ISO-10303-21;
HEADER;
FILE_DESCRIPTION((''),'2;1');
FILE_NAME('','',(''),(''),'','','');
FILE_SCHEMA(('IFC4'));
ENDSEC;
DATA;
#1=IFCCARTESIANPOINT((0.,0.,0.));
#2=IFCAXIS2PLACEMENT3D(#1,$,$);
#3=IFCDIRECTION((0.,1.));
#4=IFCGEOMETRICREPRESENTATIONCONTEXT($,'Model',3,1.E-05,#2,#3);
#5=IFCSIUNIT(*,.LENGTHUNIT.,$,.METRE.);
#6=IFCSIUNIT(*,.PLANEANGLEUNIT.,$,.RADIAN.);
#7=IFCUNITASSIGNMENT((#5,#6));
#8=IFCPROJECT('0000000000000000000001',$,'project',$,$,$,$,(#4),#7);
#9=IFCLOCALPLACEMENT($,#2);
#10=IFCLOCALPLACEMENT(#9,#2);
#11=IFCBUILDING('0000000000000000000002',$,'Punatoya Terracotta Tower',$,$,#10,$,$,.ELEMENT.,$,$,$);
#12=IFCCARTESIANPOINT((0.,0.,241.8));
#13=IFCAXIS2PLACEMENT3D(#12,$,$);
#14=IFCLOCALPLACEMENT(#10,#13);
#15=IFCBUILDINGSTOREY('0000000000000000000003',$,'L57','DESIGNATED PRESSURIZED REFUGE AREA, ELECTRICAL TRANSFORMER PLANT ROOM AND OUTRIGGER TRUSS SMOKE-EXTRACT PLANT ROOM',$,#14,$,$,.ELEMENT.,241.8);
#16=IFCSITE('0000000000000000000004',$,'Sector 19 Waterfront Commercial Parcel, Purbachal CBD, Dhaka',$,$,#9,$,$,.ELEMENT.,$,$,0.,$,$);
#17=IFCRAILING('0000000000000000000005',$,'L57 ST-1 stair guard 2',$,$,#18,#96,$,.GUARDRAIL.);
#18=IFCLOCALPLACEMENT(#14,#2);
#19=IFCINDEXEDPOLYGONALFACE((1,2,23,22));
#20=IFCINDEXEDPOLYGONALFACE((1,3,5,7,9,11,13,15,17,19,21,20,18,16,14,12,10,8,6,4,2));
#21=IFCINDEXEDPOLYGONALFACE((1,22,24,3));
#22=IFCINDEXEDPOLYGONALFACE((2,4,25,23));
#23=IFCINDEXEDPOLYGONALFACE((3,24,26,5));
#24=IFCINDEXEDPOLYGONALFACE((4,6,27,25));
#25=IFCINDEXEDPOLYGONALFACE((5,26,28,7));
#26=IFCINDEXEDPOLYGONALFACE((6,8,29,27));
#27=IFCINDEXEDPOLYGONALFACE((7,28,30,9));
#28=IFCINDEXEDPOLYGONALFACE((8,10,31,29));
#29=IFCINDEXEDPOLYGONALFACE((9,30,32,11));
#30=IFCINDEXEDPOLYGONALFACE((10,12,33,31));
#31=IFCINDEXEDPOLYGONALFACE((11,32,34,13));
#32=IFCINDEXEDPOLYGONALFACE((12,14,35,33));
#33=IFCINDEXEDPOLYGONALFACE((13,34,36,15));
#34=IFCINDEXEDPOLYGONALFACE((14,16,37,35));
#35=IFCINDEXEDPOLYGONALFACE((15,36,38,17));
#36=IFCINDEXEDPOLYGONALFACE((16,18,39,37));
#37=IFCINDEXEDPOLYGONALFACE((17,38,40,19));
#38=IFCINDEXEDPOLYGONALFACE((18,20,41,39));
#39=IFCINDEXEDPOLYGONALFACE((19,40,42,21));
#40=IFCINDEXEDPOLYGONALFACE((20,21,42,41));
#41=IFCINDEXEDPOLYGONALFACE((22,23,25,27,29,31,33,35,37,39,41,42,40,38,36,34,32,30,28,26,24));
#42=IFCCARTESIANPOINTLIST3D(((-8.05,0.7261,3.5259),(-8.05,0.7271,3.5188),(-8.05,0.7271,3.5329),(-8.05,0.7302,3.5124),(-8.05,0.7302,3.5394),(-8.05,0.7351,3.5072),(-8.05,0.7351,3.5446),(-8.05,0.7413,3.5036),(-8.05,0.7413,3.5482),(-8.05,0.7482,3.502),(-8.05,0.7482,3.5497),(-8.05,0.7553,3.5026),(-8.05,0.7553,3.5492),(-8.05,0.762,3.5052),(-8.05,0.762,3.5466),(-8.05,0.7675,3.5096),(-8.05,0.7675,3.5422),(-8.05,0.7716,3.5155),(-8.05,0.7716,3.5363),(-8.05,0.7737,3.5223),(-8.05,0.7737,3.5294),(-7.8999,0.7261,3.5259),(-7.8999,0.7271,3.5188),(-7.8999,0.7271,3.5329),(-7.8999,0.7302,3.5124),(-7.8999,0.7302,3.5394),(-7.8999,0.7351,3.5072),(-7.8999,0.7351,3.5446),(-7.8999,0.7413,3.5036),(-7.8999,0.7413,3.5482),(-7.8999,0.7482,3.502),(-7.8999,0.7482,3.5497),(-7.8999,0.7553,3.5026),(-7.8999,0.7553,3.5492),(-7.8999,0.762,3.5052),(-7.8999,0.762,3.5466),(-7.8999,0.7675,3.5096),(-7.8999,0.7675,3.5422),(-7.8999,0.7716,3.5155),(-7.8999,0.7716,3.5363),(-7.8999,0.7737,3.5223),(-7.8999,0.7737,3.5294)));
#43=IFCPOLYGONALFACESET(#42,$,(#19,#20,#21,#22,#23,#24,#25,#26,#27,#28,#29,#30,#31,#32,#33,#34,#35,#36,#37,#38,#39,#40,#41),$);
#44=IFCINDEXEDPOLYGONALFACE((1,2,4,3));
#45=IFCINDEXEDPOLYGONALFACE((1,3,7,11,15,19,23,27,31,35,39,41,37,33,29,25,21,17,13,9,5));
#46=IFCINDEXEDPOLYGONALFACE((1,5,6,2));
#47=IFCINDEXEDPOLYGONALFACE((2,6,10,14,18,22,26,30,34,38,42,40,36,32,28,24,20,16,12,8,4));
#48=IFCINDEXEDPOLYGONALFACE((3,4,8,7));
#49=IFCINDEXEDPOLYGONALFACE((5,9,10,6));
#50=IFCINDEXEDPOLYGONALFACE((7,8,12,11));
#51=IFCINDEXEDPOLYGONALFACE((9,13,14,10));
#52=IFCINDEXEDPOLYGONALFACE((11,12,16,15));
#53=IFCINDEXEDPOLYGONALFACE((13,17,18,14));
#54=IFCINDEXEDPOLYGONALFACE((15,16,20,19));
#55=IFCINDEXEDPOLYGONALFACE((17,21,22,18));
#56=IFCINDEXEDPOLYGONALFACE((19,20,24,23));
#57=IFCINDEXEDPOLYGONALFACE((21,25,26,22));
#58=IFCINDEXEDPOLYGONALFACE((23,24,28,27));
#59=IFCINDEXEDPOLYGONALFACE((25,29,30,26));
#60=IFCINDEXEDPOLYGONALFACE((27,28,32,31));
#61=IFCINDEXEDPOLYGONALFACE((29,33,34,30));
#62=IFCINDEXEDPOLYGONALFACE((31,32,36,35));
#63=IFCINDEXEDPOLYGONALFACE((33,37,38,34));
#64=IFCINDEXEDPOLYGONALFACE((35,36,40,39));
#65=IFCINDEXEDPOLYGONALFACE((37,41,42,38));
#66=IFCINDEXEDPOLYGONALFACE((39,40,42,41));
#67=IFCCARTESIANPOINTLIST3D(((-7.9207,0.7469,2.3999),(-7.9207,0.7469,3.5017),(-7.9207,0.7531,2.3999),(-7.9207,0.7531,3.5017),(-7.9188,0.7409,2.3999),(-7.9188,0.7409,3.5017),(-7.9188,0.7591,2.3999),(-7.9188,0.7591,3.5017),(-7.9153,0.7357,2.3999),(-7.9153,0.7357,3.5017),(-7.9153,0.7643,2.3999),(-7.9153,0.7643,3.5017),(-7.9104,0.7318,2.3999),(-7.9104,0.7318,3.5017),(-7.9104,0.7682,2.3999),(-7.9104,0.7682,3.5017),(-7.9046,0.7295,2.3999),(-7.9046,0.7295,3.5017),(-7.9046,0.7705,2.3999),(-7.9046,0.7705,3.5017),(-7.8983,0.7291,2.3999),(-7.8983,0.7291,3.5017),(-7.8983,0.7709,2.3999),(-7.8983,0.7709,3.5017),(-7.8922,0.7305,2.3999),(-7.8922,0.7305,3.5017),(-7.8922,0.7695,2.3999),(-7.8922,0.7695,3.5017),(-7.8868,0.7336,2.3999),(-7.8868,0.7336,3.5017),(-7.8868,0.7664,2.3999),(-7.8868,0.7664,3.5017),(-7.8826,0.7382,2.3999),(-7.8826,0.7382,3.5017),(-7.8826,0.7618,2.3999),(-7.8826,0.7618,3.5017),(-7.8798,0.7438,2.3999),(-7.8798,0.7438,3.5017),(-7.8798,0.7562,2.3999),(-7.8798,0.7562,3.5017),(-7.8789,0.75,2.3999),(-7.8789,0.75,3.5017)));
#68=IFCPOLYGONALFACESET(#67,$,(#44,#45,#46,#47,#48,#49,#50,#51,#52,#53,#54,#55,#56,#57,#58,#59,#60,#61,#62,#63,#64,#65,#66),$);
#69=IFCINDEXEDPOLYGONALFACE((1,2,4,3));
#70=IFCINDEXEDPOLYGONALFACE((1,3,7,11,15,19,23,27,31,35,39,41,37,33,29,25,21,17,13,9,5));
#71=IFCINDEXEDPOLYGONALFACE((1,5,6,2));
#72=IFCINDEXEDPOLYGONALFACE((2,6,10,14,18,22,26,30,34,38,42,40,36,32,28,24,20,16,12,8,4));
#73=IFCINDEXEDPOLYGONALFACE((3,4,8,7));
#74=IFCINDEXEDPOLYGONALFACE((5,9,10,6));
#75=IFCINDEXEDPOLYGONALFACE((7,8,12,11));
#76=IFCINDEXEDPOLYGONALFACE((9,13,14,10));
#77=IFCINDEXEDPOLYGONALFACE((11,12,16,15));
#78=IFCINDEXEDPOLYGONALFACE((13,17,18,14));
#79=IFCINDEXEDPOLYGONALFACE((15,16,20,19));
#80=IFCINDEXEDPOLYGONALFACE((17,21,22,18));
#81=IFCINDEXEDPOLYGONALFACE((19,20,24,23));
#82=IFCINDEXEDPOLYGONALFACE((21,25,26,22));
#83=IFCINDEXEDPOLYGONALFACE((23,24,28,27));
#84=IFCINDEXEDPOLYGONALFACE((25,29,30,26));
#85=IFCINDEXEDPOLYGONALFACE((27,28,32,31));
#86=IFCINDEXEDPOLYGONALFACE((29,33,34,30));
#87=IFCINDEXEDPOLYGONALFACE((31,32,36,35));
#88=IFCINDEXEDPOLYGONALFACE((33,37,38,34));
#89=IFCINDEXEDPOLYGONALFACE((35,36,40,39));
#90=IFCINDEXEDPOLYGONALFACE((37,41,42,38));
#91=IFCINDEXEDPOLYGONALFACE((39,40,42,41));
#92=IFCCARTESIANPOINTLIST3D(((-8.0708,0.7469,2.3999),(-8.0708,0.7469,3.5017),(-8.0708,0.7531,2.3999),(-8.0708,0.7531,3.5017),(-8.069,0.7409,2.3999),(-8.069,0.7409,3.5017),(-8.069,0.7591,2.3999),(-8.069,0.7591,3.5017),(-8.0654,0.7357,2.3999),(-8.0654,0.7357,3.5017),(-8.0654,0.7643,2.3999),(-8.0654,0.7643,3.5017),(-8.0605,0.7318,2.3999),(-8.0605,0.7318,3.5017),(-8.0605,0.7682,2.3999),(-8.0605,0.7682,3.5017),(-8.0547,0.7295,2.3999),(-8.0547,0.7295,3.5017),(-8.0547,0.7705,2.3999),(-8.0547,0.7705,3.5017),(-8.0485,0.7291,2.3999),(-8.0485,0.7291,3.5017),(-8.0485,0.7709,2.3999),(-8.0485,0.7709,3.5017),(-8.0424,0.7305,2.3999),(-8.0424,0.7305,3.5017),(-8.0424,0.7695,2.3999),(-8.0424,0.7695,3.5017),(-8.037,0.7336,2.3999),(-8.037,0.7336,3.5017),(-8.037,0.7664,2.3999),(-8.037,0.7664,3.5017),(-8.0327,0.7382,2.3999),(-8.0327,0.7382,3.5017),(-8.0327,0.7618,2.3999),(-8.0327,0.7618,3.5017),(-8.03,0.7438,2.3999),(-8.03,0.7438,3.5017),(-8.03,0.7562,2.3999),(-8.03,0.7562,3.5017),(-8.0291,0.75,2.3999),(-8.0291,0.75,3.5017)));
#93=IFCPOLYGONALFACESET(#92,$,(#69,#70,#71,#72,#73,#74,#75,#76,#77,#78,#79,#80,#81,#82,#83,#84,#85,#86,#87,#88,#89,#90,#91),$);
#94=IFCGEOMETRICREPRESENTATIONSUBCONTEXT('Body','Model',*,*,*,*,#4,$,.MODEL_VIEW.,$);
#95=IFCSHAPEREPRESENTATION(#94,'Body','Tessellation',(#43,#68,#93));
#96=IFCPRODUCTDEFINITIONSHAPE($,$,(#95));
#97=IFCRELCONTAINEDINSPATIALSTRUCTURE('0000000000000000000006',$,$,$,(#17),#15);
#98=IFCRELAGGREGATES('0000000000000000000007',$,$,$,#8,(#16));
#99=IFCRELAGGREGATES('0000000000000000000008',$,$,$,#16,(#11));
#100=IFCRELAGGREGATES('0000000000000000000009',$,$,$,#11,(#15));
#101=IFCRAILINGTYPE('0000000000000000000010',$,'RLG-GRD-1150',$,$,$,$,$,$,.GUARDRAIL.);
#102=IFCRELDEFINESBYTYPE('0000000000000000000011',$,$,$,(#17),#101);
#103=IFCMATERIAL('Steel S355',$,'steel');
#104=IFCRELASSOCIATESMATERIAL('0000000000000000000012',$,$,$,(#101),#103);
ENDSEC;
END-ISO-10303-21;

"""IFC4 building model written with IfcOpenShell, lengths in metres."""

from ifc_helpers import new_model, si_unit, direction, frame, origin, origin_2d, place, context, subcontext, project, spatial, circle, extrude, material, type_object, element, save


model = new_model("IFC4")

# Units and contexts
model_context = context("Model", 3, precision=1e-05, world=origin(), true_north=direction((0.0, 1.0)))
body_context = subcontext(model_context, "Body", "Model", "MODEL_VIEW")
ifc_project = project(units=[si_unit("LENGTHUNIT", "METRE"), si_unit("PLANEANGLEUNIT", "RADIAN")], contexts=[model_context])

# Site, building, storey
site_placement = place(None, origin())
site = spatial("IfcSite", under=ifc_project, at=site_placement, Name="Sector 19 Waterfront Commercial Parcel, Purbachal CBD, Dhaka", CompositionType="ELEMENT", RefElevation=0.0)
building_placement = place(site_placement, origin())
building = spatial("IfcBuilding", under=site, at=building_placement, Name="Punatoya Terracotta Tower", CompositionType="ELEMENT")
storey_placement = place(building_placement, frame((0.0, 0.0, 241.8)))
storey = spatial("IfcBuildingStorey", under=building, at=storey_placement, Name="L57", Description="DESIGNATED PRESSURIZED REFUGE AREA, ELECTRICAL TRANSFORMER PLANT ROOM AND OUTRIGGER TRUSS SMOKE-EXTRACT PLANT ROOM", CompositionType="ELEMENT", Elevation=241.8)

# Shared definitions
ifc_material_1 = material(Name="Steel S355", Category="steel")

# Railing
railing_type_1 = type_object("IfcRailingType", Name="RLG-GRD-1150", PredefinedType="GUARDRAIL", material=ifc_material_1)
railing_1_placement = place(storey_placement, frame((-7.8999, 0.75, 2.3999)))
element("IfcRailing", 1, at=railing_1_placement, inside=storey, type_object=railing_type_1, Name="L57 ST-1 stair guard 2", PredefinedType="GUARDRAIL", context=body_context, shape_type="SweptSolid", body=[
    extrude(circle(Radius=0.0239, at=origin_2d()), frame((0.0, 0.0, 1.126), z_axis=(-1.0, 0.0, 0.0), x_axis=(0.0, -1.0, 0.0)), (0.0, 0.0, 1.0), 0.1501),
    extrude(circle(Radius=0.021, at=origin_2d()), origin(), (0.0, 0.0, 1.0), 1.1018),
    extrude(circle(Radius=0.021, at=origin_2d()), frame((-0.1501, 0.0, 0.0)), (0.0, 0.0, 1.0), 1.1018),
])

save(model, "model.ifc")
